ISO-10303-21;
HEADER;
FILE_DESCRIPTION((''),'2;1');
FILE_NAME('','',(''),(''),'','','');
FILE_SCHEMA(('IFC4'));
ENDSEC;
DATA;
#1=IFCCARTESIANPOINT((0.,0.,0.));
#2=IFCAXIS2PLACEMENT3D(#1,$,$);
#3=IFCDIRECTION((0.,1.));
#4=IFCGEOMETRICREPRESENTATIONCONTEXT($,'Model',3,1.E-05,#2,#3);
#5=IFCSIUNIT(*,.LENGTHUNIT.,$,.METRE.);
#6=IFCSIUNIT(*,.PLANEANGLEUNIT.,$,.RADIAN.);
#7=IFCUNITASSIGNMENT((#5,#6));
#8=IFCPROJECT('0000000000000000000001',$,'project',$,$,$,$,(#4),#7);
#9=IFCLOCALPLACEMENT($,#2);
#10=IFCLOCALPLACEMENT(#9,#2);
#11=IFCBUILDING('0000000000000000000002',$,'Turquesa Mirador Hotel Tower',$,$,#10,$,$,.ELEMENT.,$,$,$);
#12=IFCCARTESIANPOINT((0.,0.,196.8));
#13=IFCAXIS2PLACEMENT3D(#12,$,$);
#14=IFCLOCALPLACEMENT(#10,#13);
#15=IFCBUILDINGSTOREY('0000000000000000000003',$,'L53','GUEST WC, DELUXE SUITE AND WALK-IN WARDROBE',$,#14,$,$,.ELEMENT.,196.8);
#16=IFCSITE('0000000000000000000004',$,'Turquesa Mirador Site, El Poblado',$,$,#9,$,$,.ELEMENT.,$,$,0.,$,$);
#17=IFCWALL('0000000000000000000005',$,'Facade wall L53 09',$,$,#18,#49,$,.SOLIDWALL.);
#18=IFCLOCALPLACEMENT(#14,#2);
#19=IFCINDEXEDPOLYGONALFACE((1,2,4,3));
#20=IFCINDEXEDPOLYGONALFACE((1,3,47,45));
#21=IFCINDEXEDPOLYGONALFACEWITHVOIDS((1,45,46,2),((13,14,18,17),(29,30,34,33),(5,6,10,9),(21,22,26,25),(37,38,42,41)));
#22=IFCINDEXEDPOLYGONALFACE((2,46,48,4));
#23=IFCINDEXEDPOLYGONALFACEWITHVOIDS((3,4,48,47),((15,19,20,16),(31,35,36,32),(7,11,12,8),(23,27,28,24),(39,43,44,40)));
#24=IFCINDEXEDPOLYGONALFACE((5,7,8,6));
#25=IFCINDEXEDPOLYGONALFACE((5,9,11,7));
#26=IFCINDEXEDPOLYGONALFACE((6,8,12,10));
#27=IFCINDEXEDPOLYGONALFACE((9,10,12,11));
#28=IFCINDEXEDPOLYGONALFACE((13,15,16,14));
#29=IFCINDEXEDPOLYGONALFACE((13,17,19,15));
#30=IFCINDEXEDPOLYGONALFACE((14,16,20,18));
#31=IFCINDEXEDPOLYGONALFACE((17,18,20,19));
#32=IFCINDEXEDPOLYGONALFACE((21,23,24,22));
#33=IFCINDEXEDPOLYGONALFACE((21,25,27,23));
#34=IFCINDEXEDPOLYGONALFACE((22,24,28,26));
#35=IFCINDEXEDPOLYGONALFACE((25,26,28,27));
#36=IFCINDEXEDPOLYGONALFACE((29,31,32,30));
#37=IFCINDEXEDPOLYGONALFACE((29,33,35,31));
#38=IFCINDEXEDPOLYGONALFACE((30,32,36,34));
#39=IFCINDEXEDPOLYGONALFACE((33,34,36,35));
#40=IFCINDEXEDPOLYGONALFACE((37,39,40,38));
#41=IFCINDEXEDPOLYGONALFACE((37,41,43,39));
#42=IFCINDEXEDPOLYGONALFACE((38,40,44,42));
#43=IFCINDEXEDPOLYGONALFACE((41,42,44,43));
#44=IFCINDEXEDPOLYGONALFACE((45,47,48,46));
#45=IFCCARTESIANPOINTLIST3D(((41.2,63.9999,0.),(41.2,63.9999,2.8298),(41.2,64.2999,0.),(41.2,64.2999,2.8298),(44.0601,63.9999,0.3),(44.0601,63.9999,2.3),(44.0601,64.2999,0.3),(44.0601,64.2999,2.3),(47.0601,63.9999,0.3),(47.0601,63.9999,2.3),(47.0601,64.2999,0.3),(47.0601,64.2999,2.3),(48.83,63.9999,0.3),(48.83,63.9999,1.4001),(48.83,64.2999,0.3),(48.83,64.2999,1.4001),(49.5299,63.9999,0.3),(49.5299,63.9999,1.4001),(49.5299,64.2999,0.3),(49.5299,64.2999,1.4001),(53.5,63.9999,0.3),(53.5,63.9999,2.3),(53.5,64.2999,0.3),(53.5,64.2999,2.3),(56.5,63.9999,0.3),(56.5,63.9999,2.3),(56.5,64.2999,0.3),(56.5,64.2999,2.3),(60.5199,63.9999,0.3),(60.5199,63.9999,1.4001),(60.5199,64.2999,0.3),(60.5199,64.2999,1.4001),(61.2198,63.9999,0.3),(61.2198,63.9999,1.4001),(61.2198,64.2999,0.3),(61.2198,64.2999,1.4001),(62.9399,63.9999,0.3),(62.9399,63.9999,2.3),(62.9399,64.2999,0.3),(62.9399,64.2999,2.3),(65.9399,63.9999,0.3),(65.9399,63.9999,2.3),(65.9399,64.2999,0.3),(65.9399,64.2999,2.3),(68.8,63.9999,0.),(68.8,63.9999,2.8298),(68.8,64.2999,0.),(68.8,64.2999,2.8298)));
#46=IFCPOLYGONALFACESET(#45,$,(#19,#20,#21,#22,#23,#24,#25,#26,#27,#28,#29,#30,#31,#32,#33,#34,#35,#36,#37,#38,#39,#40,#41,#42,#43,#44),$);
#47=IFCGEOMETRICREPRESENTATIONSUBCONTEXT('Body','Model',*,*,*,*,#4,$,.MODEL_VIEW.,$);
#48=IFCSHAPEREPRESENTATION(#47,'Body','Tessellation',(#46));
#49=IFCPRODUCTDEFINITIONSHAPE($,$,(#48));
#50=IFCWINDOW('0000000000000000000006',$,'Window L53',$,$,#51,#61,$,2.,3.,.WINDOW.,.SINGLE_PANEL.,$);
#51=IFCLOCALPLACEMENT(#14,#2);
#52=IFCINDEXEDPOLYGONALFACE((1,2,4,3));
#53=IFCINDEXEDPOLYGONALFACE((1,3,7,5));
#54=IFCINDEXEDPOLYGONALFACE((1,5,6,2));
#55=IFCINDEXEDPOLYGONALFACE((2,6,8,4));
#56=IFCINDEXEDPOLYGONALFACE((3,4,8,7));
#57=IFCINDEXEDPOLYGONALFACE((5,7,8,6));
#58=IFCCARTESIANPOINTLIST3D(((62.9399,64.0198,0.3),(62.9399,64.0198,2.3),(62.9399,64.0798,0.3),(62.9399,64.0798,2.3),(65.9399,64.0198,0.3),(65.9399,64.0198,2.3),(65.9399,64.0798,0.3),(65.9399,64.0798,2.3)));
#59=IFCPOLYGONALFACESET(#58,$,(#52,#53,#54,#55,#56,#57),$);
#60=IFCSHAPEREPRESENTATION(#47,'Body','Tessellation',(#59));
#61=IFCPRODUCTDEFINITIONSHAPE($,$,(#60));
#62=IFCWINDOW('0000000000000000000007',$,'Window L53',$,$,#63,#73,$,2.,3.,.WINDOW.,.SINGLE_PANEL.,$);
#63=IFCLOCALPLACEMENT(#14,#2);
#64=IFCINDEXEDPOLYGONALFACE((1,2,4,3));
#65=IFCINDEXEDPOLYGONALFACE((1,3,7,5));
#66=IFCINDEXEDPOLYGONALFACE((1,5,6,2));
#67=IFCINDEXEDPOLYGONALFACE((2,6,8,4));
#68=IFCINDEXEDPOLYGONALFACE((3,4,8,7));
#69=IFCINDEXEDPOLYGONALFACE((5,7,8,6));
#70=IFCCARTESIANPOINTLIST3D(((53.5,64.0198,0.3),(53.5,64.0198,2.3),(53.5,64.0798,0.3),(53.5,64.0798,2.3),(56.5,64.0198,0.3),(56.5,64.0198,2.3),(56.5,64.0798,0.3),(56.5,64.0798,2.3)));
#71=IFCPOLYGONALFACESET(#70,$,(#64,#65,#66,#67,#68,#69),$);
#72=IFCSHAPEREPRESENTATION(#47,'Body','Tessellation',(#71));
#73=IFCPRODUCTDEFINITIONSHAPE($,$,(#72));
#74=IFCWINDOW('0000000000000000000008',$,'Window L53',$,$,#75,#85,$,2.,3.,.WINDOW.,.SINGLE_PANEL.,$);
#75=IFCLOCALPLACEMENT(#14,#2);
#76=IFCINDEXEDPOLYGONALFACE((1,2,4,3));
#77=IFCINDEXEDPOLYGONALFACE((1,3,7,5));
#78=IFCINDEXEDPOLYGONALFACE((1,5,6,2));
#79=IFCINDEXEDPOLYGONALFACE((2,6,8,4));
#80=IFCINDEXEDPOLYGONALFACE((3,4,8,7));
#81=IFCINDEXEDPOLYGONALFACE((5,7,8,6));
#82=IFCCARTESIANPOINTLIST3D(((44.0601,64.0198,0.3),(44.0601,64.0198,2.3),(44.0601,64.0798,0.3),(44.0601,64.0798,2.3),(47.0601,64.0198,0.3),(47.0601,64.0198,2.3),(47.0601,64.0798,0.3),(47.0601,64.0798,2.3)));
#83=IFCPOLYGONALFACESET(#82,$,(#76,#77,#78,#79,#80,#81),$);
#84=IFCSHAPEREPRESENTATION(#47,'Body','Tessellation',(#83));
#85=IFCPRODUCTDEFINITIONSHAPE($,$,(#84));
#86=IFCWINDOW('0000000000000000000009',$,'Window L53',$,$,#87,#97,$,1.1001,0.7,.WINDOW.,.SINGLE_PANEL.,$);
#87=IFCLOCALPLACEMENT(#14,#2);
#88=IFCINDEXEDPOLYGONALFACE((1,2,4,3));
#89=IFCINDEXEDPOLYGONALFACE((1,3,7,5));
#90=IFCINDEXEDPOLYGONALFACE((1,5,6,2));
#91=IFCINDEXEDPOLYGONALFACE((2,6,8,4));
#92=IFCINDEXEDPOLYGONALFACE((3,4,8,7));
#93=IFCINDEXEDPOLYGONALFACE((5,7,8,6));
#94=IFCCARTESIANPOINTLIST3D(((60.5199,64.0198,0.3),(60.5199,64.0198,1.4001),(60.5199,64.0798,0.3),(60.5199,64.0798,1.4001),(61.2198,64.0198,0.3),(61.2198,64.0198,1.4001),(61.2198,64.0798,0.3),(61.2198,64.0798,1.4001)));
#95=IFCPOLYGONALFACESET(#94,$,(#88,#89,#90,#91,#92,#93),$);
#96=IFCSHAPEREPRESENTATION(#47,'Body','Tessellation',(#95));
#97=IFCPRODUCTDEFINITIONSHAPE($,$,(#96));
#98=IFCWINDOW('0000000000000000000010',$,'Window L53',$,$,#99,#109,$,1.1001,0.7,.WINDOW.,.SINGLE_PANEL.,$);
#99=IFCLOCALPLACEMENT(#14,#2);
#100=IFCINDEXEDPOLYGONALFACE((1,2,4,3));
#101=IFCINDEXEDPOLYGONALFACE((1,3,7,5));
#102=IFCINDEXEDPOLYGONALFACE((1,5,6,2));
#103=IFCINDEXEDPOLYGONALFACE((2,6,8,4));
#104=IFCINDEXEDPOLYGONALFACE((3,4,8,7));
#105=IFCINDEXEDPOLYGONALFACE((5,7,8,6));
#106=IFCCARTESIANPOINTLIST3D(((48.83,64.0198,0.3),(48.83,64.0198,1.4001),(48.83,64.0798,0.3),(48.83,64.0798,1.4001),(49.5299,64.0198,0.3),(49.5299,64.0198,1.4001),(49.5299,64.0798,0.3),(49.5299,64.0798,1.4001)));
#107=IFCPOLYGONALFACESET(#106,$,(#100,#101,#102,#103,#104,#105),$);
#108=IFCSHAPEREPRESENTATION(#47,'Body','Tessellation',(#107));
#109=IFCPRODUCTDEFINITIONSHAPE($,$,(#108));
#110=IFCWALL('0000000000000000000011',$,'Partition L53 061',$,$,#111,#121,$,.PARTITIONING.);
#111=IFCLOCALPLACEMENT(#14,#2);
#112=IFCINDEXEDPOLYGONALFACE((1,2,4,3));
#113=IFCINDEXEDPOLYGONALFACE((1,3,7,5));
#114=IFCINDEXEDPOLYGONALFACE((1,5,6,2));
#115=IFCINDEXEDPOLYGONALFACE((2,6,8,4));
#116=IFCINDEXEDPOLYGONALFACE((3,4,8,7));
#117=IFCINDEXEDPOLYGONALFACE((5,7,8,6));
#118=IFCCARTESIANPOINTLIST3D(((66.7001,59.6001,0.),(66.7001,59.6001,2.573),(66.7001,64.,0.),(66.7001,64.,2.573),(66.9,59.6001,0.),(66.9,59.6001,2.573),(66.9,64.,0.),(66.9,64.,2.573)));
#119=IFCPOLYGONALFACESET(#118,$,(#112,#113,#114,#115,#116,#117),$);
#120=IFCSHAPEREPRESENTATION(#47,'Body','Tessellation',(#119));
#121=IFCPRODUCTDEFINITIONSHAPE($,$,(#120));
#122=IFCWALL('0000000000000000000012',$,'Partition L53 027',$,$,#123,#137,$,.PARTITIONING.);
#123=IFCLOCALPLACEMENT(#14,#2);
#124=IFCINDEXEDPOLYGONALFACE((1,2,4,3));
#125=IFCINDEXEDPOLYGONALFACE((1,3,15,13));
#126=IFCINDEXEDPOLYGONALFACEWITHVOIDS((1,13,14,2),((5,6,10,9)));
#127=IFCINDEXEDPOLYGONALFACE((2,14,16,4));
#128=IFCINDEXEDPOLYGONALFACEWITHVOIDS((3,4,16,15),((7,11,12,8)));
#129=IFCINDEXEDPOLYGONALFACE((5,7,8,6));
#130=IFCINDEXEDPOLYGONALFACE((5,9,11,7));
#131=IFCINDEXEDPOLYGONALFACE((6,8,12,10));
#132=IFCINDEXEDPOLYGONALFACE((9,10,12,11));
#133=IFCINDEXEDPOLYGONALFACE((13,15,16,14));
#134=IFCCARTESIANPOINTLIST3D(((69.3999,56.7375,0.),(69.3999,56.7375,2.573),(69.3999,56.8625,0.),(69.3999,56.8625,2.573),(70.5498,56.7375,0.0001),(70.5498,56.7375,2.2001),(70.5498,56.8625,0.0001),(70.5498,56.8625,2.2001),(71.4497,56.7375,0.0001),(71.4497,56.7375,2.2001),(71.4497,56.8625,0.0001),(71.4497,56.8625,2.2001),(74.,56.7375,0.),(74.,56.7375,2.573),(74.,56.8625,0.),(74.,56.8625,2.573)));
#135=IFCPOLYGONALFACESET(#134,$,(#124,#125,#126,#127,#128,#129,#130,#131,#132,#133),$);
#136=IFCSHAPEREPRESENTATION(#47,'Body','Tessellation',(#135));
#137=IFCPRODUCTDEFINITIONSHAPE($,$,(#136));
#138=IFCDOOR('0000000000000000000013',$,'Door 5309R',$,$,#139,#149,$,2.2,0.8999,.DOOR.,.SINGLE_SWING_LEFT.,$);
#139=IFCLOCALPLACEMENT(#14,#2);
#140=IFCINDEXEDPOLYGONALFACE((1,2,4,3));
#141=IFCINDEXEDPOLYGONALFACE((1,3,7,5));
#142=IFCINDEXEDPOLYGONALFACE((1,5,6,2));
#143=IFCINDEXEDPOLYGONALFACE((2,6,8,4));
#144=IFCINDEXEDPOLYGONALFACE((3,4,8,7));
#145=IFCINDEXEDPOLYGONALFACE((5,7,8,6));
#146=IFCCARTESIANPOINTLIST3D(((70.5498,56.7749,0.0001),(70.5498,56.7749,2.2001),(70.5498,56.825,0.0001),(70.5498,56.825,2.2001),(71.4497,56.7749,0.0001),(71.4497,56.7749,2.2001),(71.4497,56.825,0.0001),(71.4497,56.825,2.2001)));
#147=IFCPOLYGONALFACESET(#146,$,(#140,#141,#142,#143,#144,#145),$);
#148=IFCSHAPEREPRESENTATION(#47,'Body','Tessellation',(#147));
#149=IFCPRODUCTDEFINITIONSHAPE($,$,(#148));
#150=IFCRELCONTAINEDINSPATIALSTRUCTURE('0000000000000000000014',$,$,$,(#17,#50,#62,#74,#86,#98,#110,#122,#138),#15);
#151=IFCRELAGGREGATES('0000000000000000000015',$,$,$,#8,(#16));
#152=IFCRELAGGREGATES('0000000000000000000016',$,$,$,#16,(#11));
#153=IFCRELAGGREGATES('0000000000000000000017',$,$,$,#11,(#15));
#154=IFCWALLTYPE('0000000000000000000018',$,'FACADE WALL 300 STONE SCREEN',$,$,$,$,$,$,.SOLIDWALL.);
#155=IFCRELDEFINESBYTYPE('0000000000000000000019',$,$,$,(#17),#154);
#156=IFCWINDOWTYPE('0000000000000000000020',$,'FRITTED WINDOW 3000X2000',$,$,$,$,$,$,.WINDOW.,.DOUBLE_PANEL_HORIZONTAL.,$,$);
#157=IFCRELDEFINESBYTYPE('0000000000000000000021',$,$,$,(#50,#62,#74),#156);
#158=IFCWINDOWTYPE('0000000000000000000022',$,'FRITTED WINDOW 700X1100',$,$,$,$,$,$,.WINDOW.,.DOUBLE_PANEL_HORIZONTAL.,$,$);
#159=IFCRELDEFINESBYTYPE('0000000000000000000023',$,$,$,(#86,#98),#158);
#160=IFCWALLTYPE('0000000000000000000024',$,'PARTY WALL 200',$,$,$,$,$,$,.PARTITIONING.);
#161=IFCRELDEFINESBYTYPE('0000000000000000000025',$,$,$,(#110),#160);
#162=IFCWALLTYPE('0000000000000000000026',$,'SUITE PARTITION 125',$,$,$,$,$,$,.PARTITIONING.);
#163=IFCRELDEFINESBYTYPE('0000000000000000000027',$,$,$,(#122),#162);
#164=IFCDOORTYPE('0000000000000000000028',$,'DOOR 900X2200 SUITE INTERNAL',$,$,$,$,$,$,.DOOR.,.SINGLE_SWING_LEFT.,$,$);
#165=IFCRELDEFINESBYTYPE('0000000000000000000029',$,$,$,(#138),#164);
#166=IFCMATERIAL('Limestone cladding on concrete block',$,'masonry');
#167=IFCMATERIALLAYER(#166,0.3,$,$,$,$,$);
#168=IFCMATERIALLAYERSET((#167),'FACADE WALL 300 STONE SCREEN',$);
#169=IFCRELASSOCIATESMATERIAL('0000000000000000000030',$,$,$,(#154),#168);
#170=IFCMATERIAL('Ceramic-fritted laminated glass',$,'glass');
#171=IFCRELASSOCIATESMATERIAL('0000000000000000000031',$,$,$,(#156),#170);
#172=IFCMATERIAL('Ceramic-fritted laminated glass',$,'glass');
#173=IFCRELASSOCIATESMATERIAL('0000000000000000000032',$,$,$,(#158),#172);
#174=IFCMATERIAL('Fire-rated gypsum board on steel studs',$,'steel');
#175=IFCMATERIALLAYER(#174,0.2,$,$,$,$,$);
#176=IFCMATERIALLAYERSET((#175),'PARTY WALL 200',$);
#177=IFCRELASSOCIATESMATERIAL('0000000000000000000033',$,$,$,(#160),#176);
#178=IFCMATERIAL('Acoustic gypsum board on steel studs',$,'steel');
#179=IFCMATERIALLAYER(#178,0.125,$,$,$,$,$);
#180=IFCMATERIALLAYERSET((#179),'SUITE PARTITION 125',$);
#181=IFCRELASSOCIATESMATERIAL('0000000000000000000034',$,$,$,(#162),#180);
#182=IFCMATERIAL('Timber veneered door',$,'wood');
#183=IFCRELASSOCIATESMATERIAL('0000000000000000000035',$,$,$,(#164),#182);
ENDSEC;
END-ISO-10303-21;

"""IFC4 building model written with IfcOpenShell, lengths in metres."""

from ifc_helpers import new_model, si_unit, direction, frame, frame_2d, origin, place, context, subcontext, project, spatial, rectangle, extrude, material, layer, layer_set, type_object, element, fill, save


model = new_model("IFC4")

# Units and contexts
model_context = context("Model", 3, precision=1e-05, world=origin(), true_north=direction((0.0, 1.0)))
body_context = subcontext(model_context, "Body", "Model", "MODEL_VIEW")
ifc_project = project(units=[si_unit("LENGTHUNIT", "METRE"), si_unit("PLANEANGLEUNIT", "RADIAN")], contexts=[model_context])

# Site, building, storey
site_placement = place(None, origin())
site = spatial("IfcSite", under=ifc_project, at=site_placement, Name="Turquesa Mirador Site, El Poblado", CompositionType="ELEMENT", RefElevation=0.0)
building_placement = place(site_placement, origin())
building = spatial("IfcBuilding", under=site, at=building_placement, Name="Turquesa Mirador Hotel Tower", CompositionType="ELEMENT")
storey_placement = place(building_placement, frame((0.0, 0.0, 196.8)))
storey = spatial("IfcBuildingStorey", under=building, at=storey_placement, Name="L53", Description="GUEST WC, DELUXE SUITE AND WALK-IN WARDROBE", CompositionType="ELEMENT", Elevation=196.8)

# Shared definitions
ifc_material_1 = material(Name="Limestone cladding on concrete block", Category="masonry")
ifc_layer_1 = layer(ifc_material_1, 0.3)
ifc_layer_set_1 = layer_set([ifc_layer_1], Name="FACADE WALL 300 STONE SCREEN")
wall_type_1 = type_object("IfcWallType", Name="FACADE WALL 300 STONE SCREEN", PredefinedType="SOLIDWALL", material=ifc_layer_set_1)

# Wall, openings, windows
wall_1_placement = place(storey_placement, frame((68.8, 64.1499, 0.0), z_axis=(0.0, 0.0, 1.0), x_axis=(-1.0, 0.0, 0.0)))
wall_1 = element("IfcWall", 1, at=wall_1_placement, inside=storey, type_object=wall_type_1, Name="Facade wall L53 09", PredefinedType="SOLIDWALL", context=body_context, shape_type="SweptSolid", body=[
    extrude(rectangle(XDim=27.6001, YDim=0.3, at=frame_2d((13.8, 0.0))), origin(), (0.0, 0.0, 1.0), 2.8298),
])
opening_1_placement = place(wall_1_placement, frame((2.8601, 0.0, 0.3)))
opening_1 = element("IfcOpeningElement", 2, at=opening_1_placement, cuts=wall_1, PredefinedType="OPENING", context=body_context, shape_type="SweptSolid", body=[
    extrude(rectangle(XDim=3.0, YDim=2.0, at=frame_2d((1.5, 1.0))), frame((0.0, 0.1599, 0.0), z_axis=(0.0, -1.0, 0.0), x_axis=(1.0, 0.0, 0.0)), (0.0, 0.0, 1.0), 0.3201),
])
opening_2_placement = place(wall_1_placement, frame((7.5801, 0.0, 0.3)))
opening_2 = element("IfcOpeningElement", 3, at=opening_2_placement, cuts=wall_1, PredefinedType="OPENING", context=body_context, shape_type="SweptSolid", body=[
    extrude(rectangle(XDim=0.7, YDim=1.1001, at=frame_2d((0.3501, 0.55))), frame((0.0, 0.1599, 0.0), z_axis=(0.0, -1.0, 0.0), x_axis=(1.0, 0.0, 0.0)), (0.0, 0.0, 1.0), 0.3201),
])
opening_3_placement = place(wall_1_placement, frame((12.3, 0.0, 0.3)))
opening_3 = element("IfcOpeningElement", 4, at=opening_3_placement, cuts=wall_1, PredefinedType="OPENING", context=body_context, shape_type="SweptSolid", body=[
    extrude(rectangle(XDim=3.0, YDim=2.0, at=frame_2d((1.5, 1.0))), frame((0.0, 0.1599, 0.0), z_axis=(0.0, -1.0, 0.0), x_axis=(1.0, 0.0, 0.0)), (0.0, 0.0, 1.0), 0.3201),
])
opening_4_placement = place(wall_1_placement, frame((19.27, 0.0, 0.3)))
opening_4 = element("IfcOpeningElement", 5, at=opening_4_placement, cuts=wall_1, PredefinedType="OPENING", context=body_context, shape_type="SweptSolid", body=[
    extrude(rectangle(XDim=0.7, YDim=1.1001, at=frame_2d((0.3501, 0.55))), frame((0.0, 0.1599, 0.0), z_axis=(0.0, -1.0, 0.0), x_axis=(1.0, 0.0, 0.0)), (0.0, 0.0, 1.0), 0.3201),
])
opening_5_placement = place(wall_1_placement, frame((21.74, 0.0, 0.3)))
opening_5 = element("IfcOpeningElement", 6, at=opening_5_placement, cuts=wall_1, PredefinedType="OPENING", context=body_context, shape_type="SweptSolid", body=[
    extrude(rectangle(XDim=3.0, YDim=2.0, at=frame_2d((1.5, 1.0))), frame((0.0, 0.1599, 0.0), z_axis=(0.0, -1.0, 0.0), x_axis=(1.0, 0.0, 0.0)), (0.0, 0.0, 1.0), 0.3201),
])
ifc_material_2 = material(Name="Ceramic-fritted laminated glass", Category="glass")
window_type_1 = type_object("IfcWindowType", Name="FRITTED WINDOW 3000X2000", PartitioningType="DOUBLE_PANEL_HORIZONTAL", PredefinedType="WINDOW", material=ifc_material_2)
window_1_placement = place(opening_1_placement, origin())
window_1 = element("IfcWindow", 7, at=window_1_placement, inside=storey, type_object=window_type_1, Name="Window L53", OverallHeight=2.0, OverallWidth=3.0, PartitioningType="SINGLE_PANEL", PredefinedType="WINDOW", context=body_context, shape_type="SweptSolid", body=[
    extrude(rectangle(XDim=3.0, YDim=2.0, at=frame_2d((1.5, 1.0))), frame((0.0, 0.1301, 0.0), z_axis=(0.0, -1.0, 0.0), x_axis=(1.0, 0.0, 0.0)), (0.0, 0.0, 1.0), 0.0601),
])
fill(opening_1, window_1)
window_2_placement = place(opening_3_placement, origin())
window_2 = element("IfcWindow", 8, at=window_2_placement, inside=storey, type_object=window_type_1, Name="Window L53", OverallHeight=2.0, OverallWidth=3.0, PartitioningType="SINGLE_PANEL", PredefinedType="WINDOW", context=body_context, shape_type="SweptSolid", body=[
    extrude(rectangle(XDim=3.0, YDim=2.0, at=frame_2d((1.5, 1.0))), frame((0.0, 0.1301, 0.0), z_axis=(0.0, -1.0, 0.0), x_axis=(1.0, 0.0, 0.0)), (0.0, 0.0, 1.0), 0.0601),
])
fill(opening_3, window_2)
window_3_placement = place(opening_5_placement, origin())
window_3 = element("IfcWindow", 9, at=window_3_placement, inside=storey, type_object=window_type_1, Name="Window L53", OverallHeight=2.0, OverallWidth=3.0, PartitioningType="SINGLE_PANEL", PredefinedType="WINDOW", context=body_context, shape_type="SweptSolid", body=[
    extrude(rectangle(XDim=3.0, YDim=2.0, at=frame_2d((1.5, 1.0))), frame((0.0, 0.1301, 0.0), z_axis=(0.0, -1.0, 0.0), x_axis=(1.0, 0.0, 0.0)), (0.0, 0.0, 1.0), 0.0601),
])
fill(opening_5, window_3)
ifc_material_3 = material(Name="Ceramic-fritted laminated glass", Category="glass")
window_type_2 = type_object("IfcWindowType", Name="FRITTED WINDOW 700X1100", PartitioningType="DOUBLE_PANEL_HORIZONTAL", PredefinedType="WINDOW", material=ifc_material_3)
window_4_placement = place(opening_2_placement, origin())
window_4 = element("IfcWindow", 10, at=window_4_placement, inside=storey, type_object=window_type_2, Name="Window L53", OverallHeight=1.1001, OverallWidth=0.7, PartitioningType="SINGLE_PANEL", PredefinedType="WINDOW", context=body_context, shape_type="SweptSolid", body=[
    extrude(rectangle(XDim=0.7, YDim=1.1001, at=frame_2d((0.3501, 0.55))), frame((0.0, 0.1301, 0.0), z_axis=(0.0, -1.0, 0.0), x_axis=(1.0, 0.0, 0.0)), (0.0, 0.0, 1.0), 0.0601),
])
fill(opening_2, window_4)
window_5_placement = place(opening_4_placement, origin())
window_5 = element("IfcWindow", 11, at=window_5_placement, inside=storey, type_object=window_type_2, Name="Window L53", OverallHeight=1.1001, OverallWidth=0.7, PartitioningType="SINGLE_PANEL", PredefinedType="WINDOW", context=body_context, shape_type="SweptSolid", body=[
    extrude(rectangle(XDim=0.7, YDim=1.1001, at=frame_2d((0.3501, 0.55))), frame((0.0, 0.1301, 0.0), z_axis=(0.0, -1.0, 0.0), x_axis=(1.0, 0.0, 0.0)), (0.0, 0.0, 1.0), 0.0601),
])
fill(opening_4, window_5)

# Wall
ifc_material_4 = material(Name="Fire-rated gypsum board on steel studs", Category="steel")
ifc_layer_2 = layer(ifc_material_4, 0.2)
ifc_layer_set_2 = layer_set([ifc_layer_2], Name="PARTY WALL 200")
wall_type_2 = type_object("IfcWallType", Name="PARTY WALL 200", PredefinedType="PARTITIONING", material=ifc_layer_set_2)
wall_2_placement = place(storey_placement, frame((66.8, 59.6001, 0.0), z_axis=(0.0, 0.0, 1.0), x_axis=(0.0, 1.0, 0.0)))
element("IfcWall", 12, at=wall_2_placement, inside=storey, type_object=wall_type_2, Name="Partition L53 061", PredefinedType="PARTITIONING", context=body_context, shape_type="SweptSolid", body=[
    extrude(rectangle(XDim=4.3999, YDim=0.2, at=frame_2d((2.2, 0.0))), origin(), (0.0, 0.0, 1.0), 2.573),
])

# Wall, opening, door
ifc_material_5 = material(Name="Acoustic gypsum board on steel studs", Category="steel")
ifc_layer_3 = layer(ifc_material_5, 0.125)
ifc_layer_set_3 = layer_set([ifc_layer_3], Name="SUITE PARTITION 125")
wall_type_3 = type_object("IfcWallType", Name="SUITE PARTITION 125", PredefinedType="PARTITIONING", material=ifc_layer_set_3)
wall_3_placement = place(storey_placement, frame((69.3999, 56.8, 0.0), z_axis=(0.0, 0.0, 1.0), x_axis=(1.0, 0.0, 0.0)))
wall_3 = element("IfcWall", 13, at=wall_3_placement, inside=storey, type_object=wall_type_3, Name="Partition L53 027", PredefinedType="PARTITIONING", context=body_context, shape_type="SweptSolid", body=[
    extrude(rectangle(XDim=4.6001, YDim=0.125, at=frame_2d((2.3, 0.0))), origin(), (0.0, 0.0, 1.0), 2.573),
])
opening_6_placement = place(wall_3_placement, frame((1.1499, 0.0, 0.0)))
opening_6 = element("IfcOpeningElement", 14, at=opening_6_placement, cuts=wall_3, PredefinedType="OPENING", context=body_context, shape_type="SweptSolid", body=[
    extrude(rectangle(XDim=0.8999, YDim=2.2, at=frame_2d((0.45, 1.1001))), frame((0.0, 0.0725, 0.0), z_axis=(0.0, -1.0, 0.0), x_axis=(1.0, 0.0, 0.0)), (0.0, 0.0, 1.0), 0.145),
])
ifc_material_6 = material(Name="Timber veneered door", Category="wood")
door_type_1 = type_object("IfcDoorType", Name="DOOR 900X2200 SUITE INTERNAL", OperationType="SINGLE_SWING_LEFT", PredefinedType="DOOR", material=ifc_material_6)
door_1_placement = place(opening_6_placement, origin())
door_1 = element("IfcDoor", 15, at=door_1_placement, inside=storey, type_object=door_type_1, Name="Door 5309R", OperationType="SINGLE_SWING_LEFT", OverallHeight=2.2, OverallWidth=0.8999, PredefinedType="DOOR", context=body_context, shape_type="SweptSolid", body=[
    extrude(rectangle(XDim=0.8999, YDim=2.2, at=frame_2d((0.45, 1.1001))), frame((0.0, 0.0249, 0.0), z_axis=(0.0, -1.0, 0.0), x_axis=(1.0, 0.0, 0.0)), (0.0, 0.0, 1.0), 0.05),
])
fill(opening_6, door_1)

save(model, "model.ifc")
